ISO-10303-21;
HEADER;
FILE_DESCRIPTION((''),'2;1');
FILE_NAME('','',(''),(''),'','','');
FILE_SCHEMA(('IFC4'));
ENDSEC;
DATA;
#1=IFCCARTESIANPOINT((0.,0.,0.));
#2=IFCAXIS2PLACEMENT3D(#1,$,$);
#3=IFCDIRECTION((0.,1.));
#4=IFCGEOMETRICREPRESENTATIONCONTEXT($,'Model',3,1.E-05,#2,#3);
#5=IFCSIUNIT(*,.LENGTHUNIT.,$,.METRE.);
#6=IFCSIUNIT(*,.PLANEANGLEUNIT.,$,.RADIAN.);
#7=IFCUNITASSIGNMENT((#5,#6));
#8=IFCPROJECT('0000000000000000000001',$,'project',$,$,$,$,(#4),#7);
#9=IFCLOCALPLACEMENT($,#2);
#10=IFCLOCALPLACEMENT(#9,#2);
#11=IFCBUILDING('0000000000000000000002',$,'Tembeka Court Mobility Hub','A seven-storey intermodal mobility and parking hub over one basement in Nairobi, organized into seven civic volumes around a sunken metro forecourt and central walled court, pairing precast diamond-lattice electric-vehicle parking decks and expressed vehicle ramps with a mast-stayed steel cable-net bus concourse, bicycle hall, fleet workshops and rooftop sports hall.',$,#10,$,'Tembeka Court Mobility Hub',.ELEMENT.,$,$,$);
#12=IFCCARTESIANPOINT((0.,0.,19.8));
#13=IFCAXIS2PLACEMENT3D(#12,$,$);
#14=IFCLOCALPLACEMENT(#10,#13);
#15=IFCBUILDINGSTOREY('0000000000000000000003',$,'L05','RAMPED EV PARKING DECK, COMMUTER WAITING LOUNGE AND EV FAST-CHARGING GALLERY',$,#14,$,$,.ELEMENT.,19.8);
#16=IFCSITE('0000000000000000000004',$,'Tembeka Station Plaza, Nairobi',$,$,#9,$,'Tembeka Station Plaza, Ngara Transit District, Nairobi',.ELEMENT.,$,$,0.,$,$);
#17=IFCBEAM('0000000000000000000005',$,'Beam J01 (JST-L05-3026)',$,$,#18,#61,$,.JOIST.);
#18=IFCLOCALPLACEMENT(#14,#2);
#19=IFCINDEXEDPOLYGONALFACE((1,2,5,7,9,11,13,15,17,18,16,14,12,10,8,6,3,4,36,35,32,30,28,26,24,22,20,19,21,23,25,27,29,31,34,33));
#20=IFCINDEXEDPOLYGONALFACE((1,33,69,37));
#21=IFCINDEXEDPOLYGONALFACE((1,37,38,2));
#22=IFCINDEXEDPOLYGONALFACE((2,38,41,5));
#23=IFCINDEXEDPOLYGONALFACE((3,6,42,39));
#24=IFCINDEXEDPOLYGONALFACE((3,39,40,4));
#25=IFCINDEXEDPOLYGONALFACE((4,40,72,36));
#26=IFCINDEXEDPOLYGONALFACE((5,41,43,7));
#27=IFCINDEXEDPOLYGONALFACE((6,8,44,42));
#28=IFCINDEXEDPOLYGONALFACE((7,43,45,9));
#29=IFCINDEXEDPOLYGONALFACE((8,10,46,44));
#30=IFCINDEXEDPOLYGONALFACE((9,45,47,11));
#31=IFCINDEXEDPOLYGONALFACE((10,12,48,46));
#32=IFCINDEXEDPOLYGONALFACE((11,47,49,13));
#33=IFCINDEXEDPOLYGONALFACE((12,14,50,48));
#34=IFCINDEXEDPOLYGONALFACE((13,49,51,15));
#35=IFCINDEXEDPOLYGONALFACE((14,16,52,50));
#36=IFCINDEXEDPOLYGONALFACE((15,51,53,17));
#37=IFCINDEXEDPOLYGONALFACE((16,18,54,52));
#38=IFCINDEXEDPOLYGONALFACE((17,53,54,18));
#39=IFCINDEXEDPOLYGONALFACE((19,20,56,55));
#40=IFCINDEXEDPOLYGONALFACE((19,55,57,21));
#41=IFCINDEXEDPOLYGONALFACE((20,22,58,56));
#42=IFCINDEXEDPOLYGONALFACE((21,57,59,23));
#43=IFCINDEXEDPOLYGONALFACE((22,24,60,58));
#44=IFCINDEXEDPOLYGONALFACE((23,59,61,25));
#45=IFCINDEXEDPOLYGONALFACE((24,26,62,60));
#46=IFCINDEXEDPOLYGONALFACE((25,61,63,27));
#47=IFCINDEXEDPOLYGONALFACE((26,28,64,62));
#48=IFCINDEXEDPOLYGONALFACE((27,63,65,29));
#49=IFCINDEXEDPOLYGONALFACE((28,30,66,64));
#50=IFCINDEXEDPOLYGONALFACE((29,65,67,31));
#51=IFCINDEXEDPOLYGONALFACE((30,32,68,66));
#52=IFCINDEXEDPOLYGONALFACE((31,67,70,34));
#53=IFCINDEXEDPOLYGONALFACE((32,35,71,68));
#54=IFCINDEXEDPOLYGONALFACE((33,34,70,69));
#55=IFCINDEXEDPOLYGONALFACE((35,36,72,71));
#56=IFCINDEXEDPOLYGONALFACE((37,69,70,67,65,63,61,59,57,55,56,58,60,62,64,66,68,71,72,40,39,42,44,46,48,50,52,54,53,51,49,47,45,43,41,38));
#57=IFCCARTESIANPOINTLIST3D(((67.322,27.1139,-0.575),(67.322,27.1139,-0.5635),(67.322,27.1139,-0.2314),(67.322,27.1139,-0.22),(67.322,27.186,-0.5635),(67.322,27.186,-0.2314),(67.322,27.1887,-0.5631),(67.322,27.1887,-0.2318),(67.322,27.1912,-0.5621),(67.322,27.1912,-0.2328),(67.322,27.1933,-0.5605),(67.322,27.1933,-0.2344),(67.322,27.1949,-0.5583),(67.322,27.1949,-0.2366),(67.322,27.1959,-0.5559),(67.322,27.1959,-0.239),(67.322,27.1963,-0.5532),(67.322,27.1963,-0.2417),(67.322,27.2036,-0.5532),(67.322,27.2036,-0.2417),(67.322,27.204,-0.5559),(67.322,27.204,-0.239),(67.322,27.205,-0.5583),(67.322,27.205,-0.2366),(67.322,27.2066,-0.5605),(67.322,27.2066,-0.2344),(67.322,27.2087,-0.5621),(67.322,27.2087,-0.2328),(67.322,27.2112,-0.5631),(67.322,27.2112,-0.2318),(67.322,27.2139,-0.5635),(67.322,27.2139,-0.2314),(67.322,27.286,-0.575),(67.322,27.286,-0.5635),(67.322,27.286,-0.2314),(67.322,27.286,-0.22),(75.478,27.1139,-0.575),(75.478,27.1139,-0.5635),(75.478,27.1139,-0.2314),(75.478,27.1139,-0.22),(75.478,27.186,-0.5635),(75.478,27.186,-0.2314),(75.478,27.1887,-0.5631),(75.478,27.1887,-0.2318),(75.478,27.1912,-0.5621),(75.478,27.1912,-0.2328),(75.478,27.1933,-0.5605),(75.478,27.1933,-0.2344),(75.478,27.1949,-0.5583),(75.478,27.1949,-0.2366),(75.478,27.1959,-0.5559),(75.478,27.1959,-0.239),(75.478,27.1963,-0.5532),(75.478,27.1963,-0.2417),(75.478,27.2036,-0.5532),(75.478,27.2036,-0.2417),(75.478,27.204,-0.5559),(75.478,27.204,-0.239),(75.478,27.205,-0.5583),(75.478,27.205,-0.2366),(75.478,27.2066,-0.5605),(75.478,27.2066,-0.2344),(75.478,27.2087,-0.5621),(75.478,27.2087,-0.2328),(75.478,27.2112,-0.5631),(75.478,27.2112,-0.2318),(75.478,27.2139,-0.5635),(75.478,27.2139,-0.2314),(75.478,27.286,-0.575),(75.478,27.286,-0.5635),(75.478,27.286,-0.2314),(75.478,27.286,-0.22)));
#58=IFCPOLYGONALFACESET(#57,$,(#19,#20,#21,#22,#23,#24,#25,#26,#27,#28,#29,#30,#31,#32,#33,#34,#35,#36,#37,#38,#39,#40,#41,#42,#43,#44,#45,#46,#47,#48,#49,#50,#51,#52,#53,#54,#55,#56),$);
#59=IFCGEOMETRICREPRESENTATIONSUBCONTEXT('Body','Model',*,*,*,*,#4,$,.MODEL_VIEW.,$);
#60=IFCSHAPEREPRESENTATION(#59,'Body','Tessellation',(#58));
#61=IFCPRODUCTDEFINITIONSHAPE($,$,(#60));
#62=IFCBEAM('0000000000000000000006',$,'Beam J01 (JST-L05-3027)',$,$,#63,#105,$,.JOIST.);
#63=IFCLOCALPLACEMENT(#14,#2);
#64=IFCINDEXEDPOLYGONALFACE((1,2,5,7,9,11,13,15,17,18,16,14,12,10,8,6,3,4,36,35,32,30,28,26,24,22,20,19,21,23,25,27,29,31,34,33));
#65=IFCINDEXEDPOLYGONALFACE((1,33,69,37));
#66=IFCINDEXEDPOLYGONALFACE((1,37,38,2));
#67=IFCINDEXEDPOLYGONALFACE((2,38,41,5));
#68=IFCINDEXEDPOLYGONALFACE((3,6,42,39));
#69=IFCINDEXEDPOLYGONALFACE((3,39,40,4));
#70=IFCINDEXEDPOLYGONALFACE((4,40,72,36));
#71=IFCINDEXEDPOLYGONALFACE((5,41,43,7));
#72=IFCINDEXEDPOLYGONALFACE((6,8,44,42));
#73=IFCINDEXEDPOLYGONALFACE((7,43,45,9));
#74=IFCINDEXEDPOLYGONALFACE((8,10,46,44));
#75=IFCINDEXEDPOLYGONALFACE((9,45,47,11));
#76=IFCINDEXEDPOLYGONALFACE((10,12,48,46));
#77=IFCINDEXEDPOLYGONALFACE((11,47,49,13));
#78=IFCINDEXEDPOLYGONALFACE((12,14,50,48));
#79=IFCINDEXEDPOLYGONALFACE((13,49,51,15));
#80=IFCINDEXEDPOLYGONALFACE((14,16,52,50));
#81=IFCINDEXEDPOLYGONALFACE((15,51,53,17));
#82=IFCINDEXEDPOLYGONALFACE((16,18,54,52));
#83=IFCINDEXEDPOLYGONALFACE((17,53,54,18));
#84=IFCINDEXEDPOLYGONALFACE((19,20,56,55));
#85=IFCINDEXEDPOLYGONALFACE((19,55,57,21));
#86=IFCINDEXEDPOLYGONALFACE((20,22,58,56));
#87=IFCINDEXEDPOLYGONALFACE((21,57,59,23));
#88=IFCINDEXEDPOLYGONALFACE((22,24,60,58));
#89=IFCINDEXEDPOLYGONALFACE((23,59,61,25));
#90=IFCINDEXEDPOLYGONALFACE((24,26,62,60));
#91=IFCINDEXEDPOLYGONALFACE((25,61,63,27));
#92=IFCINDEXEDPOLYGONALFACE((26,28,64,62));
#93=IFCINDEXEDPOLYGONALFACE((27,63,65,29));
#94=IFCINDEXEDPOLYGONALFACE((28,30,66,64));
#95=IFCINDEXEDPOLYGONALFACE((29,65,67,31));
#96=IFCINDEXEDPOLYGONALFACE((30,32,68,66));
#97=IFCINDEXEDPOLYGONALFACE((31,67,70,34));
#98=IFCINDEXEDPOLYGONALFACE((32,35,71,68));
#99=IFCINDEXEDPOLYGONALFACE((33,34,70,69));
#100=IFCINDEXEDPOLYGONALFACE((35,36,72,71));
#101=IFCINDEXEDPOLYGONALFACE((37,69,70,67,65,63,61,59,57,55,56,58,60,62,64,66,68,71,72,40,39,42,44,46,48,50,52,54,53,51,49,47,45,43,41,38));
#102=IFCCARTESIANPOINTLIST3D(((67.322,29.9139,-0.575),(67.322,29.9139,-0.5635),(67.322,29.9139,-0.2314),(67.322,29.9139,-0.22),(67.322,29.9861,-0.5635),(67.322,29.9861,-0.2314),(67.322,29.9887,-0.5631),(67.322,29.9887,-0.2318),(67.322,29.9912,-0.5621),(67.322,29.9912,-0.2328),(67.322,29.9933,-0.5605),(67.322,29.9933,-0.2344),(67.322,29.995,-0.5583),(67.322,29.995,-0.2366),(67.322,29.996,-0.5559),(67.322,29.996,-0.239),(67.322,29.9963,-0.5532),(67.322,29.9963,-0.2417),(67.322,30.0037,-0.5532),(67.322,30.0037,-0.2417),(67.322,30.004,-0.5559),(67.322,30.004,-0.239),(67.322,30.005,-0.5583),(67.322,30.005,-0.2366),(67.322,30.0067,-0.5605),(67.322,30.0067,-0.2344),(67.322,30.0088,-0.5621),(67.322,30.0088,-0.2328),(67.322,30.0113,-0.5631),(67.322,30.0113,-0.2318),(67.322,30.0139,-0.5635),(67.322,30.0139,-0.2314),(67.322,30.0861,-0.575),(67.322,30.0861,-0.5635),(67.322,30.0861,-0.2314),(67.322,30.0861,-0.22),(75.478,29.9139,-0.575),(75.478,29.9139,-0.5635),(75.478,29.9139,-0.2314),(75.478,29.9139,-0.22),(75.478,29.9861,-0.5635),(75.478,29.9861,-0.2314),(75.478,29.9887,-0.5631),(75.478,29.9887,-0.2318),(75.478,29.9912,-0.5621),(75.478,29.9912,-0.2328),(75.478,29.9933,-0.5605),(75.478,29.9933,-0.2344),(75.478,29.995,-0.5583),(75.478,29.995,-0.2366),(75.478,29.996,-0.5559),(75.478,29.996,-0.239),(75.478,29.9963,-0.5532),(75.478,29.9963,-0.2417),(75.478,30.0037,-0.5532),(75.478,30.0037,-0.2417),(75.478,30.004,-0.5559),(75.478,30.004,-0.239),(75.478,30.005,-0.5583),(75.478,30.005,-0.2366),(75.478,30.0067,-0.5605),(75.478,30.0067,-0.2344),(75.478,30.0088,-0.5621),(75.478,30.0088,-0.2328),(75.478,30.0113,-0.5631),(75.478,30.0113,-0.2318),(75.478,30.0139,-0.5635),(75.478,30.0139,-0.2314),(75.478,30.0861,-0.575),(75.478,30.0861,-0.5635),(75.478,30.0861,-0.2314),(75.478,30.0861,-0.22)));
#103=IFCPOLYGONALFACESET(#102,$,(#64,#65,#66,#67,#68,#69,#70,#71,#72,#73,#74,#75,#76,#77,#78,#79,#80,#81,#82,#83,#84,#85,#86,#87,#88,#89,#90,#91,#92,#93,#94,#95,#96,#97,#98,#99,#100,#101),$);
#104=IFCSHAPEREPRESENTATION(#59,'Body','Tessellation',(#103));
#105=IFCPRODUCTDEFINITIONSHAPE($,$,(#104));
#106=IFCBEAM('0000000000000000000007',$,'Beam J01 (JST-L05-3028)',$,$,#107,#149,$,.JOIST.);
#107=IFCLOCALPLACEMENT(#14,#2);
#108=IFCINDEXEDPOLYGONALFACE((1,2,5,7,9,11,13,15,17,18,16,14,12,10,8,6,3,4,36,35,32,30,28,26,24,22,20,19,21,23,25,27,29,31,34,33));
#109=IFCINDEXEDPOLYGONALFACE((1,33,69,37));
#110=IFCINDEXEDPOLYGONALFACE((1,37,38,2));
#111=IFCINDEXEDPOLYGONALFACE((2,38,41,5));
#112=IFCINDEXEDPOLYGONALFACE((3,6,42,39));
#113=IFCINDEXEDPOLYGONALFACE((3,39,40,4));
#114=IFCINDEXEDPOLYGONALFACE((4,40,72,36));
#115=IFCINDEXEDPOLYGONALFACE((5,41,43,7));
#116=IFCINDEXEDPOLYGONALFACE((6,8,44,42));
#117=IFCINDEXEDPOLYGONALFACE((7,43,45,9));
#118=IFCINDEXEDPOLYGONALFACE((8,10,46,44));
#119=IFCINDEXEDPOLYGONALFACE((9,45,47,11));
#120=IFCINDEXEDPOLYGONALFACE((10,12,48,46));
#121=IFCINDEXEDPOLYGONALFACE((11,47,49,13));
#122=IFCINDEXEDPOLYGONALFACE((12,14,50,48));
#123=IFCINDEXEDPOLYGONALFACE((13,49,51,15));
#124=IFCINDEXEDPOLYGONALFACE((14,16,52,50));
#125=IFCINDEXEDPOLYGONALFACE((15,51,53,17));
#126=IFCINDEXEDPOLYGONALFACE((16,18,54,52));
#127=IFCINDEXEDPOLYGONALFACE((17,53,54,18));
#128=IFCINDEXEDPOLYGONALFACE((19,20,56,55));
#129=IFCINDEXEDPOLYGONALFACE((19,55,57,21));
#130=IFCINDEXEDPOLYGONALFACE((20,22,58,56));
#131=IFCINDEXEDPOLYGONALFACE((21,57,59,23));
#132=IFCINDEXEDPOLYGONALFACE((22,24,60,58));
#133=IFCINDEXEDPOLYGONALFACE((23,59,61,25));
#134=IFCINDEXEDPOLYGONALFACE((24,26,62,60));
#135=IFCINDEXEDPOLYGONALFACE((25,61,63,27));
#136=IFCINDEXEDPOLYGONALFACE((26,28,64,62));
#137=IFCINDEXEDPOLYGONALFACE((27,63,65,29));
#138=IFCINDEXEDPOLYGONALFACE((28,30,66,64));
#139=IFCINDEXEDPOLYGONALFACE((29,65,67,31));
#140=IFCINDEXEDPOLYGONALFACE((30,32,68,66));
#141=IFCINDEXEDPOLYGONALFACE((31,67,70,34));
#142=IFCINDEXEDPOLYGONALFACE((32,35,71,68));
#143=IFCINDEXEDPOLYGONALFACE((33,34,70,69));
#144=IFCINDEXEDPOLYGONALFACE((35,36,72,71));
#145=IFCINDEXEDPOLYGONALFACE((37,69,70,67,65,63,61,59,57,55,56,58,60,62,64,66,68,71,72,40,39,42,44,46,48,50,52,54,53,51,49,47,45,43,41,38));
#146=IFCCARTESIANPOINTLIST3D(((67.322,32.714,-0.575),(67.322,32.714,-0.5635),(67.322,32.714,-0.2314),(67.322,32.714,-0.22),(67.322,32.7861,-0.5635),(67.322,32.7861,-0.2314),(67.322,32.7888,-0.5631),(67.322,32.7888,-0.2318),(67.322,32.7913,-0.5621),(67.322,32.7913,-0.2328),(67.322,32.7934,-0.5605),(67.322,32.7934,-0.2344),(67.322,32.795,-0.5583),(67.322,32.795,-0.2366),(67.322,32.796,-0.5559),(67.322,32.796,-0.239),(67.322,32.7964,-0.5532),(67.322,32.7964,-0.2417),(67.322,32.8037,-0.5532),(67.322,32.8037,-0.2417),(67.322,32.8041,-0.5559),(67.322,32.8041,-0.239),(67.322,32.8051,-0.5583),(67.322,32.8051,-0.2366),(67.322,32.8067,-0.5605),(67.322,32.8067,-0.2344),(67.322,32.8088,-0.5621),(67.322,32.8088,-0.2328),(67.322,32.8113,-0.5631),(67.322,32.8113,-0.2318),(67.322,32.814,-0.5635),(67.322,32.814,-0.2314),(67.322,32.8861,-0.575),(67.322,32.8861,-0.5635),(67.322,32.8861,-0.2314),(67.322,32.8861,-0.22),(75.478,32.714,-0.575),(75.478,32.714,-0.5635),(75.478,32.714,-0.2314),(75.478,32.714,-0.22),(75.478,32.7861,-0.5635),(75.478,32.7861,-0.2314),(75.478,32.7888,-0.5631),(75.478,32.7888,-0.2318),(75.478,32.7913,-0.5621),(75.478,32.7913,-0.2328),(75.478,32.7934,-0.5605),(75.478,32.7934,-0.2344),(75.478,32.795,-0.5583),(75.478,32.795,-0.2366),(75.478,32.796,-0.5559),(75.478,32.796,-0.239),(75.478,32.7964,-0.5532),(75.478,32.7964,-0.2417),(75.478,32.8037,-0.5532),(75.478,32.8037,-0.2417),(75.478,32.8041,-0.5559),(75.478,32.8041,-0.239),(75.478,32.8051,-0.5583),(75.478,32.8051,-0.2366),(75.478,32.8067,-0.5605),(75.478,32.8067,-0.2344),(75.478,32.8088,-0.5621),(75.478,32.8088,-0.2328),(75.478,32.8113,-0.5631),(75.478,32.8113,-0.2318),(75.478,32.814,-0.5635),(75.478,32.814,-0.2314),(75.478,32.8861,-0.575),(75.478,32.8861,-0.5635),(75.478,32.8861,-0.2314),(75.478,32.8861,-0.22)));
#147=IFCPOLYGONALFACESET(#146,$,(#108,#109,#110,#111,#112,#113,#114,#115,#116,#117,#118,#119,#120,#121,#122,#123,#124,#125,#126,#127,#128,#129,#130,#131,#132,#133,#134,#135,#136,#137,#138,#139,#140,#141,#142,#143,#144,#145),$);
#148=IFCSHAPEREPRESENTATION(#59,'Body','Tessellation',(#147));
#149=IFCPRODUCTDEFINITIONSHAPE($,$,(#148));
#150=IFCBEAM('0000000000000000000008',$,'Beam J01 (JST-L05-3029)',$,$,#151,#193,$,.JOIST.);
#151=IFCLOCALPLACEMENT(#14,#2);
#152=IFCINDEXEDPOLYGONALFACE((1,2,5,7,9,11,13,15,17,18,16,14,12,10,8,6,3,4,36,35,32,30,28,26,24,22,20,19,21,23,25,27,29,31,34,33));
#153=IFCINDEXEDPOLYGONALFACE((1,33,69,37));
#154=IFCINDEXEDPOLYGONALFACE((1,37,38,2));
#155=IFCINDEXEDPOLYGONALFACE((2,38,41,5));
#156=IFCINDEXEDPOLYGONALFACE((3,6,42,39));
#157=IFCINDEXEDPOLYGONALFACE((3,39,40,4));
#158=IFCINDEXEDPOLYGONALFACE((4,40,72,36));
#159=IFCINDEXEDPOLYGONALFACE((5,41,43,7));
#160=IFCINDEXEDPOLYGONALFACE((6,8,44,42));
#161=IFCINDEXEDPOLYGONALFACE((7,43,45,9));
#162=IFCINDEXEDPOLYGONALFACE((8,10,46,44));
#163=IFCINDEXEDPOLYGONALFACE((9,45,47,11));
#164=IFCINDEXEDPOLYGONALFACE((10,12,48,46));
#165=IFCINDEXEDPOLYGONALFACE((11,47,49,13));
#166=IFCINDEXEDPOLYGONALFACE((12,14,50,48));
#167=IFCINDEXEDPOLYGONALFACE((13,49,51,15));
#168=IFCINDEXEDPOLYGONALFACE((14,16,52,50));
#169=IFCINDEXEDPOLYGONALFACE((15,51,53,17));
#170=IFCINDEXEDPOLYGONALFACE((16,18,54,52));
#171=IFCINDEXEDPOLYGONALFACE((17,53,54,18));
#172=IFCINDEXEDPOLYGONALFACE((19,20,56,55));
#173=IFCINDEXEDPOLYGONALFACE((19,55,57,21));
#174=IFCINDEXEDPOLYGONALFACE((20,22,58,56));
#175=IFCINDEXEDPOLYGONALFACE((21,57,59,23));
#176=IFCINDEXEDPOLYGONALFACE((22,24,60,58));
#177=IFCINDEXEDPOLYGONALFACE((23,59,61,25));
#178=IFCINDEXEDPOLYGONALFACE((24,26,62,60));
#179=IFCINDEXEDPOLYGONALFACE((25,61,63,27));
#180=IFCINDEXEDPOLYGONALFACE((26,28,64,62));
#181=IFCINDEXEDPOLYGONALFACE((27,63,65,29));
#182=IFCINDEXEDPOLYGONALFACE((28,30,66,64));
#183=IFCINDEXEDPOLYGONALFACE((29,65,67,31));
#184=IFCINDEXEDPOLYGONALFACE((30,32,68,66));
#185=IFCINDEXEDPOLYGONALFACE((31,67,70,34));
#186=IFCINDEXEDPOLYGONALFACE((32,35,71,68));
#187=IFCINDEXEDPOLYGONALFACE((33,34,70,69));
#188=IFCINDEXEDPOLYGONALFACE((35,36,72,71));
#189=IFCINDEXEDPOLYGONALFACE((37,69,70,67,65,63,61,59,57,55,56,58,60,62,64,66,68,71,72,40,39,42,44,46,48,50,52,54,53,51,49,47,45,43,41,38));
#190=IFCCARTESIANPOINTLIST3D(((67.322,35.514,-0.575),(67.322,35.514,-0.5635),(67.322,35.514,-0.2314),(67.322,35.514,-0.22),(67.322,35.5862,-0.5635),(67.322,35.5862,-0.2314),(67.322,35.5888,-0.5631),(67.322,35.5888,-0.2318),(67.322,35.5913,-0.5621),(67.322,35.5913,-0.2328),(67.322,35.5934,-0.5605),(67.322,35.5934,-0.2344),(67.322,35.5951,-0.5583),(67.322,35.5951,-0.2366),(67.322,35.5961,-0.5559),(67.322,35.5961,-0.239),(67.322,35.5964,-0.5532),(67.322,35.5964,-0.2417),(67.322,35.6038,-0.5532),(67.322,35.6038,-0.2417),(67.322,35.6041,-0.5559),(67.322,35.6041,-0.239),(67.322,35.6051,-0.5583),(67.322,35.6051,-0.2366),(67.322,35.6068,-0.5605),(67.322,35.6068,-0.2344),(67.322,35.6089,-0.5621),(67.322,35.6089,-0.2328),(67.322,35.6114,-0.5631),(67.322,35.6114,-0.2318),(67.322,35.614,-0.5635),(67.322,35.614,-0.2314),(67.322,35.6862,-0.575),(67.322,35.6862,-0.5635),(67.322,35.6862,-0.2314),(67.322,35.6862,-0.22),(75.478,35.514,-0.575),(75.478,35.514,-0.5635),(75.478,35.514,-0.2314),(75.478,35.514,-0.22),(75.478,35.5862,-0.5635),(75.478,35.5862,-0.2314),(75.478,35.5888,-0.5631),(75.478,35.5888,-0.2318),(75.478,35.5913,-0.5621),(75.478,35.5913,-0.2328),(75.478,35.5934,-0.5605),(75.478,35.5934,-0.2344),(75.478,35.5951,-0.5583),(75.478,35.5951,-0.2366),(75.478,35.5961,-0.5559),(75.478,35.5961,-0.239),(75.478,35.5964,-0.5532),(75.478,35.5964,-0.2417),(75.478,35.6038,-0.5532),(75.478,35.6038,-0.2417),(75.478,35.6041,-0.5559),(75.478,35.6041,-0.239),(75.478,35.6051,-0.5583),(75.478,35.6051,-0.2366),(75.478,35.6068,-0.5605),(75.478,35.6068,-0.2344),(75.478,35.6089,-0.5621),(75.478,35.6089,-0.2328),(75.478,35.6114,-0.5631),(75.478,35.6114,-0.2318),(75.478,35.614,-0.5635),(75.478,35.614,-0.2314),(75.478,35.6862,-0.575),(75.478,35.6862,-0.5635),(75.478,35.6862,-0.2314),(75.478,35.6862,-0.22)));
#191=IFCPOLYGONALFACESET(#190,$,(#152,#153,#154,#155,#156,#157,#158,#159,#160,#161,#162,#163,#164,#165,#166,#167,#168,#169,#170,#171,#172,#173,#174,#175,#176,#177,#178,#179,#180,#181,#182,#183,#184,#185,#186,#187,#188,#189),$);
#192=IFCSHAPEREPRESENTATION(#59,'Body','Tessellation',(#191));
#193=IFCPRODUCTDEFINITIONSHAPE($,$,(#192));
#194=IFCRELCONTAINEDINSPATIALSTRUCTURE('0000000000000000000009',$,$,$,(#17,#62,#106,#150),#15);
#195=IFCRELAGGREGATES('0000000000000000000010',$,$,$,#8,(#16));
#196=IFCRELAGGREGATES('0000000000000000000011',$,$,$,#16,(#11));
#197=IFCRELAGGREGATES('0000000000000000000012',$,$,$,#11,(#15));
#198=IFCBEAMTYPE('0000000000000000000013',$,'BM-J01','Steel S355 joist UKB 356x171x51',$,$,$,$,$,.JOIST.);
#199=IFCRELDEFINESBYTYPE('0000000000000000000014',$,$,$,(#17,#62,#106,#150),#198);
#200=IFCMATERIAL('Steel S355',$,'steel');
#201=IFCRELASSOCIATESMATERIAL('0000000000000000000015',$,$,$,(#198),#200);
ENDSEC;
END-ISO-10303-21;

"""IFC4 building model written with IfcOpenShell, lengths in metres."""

from ifc_helpers import new_model, si_unit, direction, frame, origin, origin_2d, place, context, subcontext, project, spatial, i_section, extrude, material, material_profile, profile_set, type_object, element, save


model = new_model("IFC4")

# Units and contexts
model_context = context("Model", 3, precision=1e-05, world=origin(), true_north=direction((0.0, 1.0)))
body_context = subcontext(model_context, "Body", "Model", "MODEL_VIEW")
ifc_project = project(units=[si_unit("LENGTHUNIT", "METRE"), si_unit("PLANEANGLEUNIT", "RADIAN")], contexts=[model_context])

# Site, building, storey
site_placement = place(None, origin())
site = spatial("IfcSite", under=ifc_project, at=site_placement, Name="Tembeka Station Plaza, Nairobi", LongName="Tembeka Station Plaza, Ngara Transit District, Nairobi", CompositionType="ELEMENT", RefElevation=0.0)
building_placement = place(site_placement, origin())
building = spatial("IfcBuilding", under=site, at=building_placement, Name="Tembeka Court Mobility Hub", Description="A seven-storey intermodal mobility and parking hub over one basement in Nairobi, organized into seven civic volumes around a sunken metro forecourt and central walled court, pairing precast diamond-lattice electric-vehicle parking decks and expressed vehicle ramps with a mast-stayed steel cable-net bus concourse, bicycle hall, fleet workshops and rooftop sports hall.", LongName="Tembeka Court Mobility Hub", CompositionType="ELEMENT")
storey_placement = place(building_placement, frame((0.0, 0.0, 19.8)))
storey = spatial("IfcBuildingStorey", under=building, at=storey_placement, Name="L05", Description="RAMPED EV PARKING DECK, COMMUTER WAITING LOUNGE AND EV FAST-CHARGING GALLERY", CompositionType="ELEMENT", Elevation=19.8)

# Shared definitions
ifc_material_1 = material(Name="Steel S355", Category="steel")

# Beams
ifc_material_profile_1 = material_profile(ifc_material_1, i_section(OverallWidth=0.1721, OverallDepth=0.355, WebThickness=0.0073, FlangeThickness=0.0115, FilletRadius=0.0103, at=origin_2d()), Name="UKB 356x171x51")
ifc_profile_set_1 = profile_set([ifc_material_profile_1], Name="Steel S355")
beam_type_1 = type_object("IfcBeamType", Name="BM-J01", Description="Steel S355 joist UKB 356x171x51", PredefinedType="JOIST", material=ifc_profile_set_1)
for number, where, z_axis, x_axis, name in (
    (1, (67.322, 27.2, -0.3975), (1.0, 0.0, 0.0), (0.0, 1.0, 0.0), "Beam J01 (JST-L05-3026)"),
    (2, (67.322, 30.0, -0.3975), (1.0, 0.0, 0.0), (0.0, 1.0, 0.0), "Beam J01 (JST-L05-3027)"),
    (3, (67.322, 32.8, -0.3975), (1.0, 0.0, 0.0), (0.0, 1.0, 0.0), "Beam J01 (JST-L05-3028)"),
    (4, (67.322, 35.6001, -0.3975), (1.0, 0.0, 0.0), (0.0, 1.0, 0.0), "Beam J01 (JST-L05-3029)"),
):
    element("IfcBeam", number, at=place(storey_placement, frame(where, z_axis=z_axis, x_axis=x_axis)), inside=storey, type_object=beam_type_1, Name=name, PredefinedType="JOIST", context=body_context, shape_type="SweptSolid", body=[
        extrude(i_section(OverallWidth=0.1721, OverallDepth=0.355, WebThickness=0.0073, FlangeThickness=0.0115, FilletRadius=0.0103, at=origin_2d()), origin(), (0.0, 0.0, 1.0), 8.156),
    ])

save(model, "model.ifc")
